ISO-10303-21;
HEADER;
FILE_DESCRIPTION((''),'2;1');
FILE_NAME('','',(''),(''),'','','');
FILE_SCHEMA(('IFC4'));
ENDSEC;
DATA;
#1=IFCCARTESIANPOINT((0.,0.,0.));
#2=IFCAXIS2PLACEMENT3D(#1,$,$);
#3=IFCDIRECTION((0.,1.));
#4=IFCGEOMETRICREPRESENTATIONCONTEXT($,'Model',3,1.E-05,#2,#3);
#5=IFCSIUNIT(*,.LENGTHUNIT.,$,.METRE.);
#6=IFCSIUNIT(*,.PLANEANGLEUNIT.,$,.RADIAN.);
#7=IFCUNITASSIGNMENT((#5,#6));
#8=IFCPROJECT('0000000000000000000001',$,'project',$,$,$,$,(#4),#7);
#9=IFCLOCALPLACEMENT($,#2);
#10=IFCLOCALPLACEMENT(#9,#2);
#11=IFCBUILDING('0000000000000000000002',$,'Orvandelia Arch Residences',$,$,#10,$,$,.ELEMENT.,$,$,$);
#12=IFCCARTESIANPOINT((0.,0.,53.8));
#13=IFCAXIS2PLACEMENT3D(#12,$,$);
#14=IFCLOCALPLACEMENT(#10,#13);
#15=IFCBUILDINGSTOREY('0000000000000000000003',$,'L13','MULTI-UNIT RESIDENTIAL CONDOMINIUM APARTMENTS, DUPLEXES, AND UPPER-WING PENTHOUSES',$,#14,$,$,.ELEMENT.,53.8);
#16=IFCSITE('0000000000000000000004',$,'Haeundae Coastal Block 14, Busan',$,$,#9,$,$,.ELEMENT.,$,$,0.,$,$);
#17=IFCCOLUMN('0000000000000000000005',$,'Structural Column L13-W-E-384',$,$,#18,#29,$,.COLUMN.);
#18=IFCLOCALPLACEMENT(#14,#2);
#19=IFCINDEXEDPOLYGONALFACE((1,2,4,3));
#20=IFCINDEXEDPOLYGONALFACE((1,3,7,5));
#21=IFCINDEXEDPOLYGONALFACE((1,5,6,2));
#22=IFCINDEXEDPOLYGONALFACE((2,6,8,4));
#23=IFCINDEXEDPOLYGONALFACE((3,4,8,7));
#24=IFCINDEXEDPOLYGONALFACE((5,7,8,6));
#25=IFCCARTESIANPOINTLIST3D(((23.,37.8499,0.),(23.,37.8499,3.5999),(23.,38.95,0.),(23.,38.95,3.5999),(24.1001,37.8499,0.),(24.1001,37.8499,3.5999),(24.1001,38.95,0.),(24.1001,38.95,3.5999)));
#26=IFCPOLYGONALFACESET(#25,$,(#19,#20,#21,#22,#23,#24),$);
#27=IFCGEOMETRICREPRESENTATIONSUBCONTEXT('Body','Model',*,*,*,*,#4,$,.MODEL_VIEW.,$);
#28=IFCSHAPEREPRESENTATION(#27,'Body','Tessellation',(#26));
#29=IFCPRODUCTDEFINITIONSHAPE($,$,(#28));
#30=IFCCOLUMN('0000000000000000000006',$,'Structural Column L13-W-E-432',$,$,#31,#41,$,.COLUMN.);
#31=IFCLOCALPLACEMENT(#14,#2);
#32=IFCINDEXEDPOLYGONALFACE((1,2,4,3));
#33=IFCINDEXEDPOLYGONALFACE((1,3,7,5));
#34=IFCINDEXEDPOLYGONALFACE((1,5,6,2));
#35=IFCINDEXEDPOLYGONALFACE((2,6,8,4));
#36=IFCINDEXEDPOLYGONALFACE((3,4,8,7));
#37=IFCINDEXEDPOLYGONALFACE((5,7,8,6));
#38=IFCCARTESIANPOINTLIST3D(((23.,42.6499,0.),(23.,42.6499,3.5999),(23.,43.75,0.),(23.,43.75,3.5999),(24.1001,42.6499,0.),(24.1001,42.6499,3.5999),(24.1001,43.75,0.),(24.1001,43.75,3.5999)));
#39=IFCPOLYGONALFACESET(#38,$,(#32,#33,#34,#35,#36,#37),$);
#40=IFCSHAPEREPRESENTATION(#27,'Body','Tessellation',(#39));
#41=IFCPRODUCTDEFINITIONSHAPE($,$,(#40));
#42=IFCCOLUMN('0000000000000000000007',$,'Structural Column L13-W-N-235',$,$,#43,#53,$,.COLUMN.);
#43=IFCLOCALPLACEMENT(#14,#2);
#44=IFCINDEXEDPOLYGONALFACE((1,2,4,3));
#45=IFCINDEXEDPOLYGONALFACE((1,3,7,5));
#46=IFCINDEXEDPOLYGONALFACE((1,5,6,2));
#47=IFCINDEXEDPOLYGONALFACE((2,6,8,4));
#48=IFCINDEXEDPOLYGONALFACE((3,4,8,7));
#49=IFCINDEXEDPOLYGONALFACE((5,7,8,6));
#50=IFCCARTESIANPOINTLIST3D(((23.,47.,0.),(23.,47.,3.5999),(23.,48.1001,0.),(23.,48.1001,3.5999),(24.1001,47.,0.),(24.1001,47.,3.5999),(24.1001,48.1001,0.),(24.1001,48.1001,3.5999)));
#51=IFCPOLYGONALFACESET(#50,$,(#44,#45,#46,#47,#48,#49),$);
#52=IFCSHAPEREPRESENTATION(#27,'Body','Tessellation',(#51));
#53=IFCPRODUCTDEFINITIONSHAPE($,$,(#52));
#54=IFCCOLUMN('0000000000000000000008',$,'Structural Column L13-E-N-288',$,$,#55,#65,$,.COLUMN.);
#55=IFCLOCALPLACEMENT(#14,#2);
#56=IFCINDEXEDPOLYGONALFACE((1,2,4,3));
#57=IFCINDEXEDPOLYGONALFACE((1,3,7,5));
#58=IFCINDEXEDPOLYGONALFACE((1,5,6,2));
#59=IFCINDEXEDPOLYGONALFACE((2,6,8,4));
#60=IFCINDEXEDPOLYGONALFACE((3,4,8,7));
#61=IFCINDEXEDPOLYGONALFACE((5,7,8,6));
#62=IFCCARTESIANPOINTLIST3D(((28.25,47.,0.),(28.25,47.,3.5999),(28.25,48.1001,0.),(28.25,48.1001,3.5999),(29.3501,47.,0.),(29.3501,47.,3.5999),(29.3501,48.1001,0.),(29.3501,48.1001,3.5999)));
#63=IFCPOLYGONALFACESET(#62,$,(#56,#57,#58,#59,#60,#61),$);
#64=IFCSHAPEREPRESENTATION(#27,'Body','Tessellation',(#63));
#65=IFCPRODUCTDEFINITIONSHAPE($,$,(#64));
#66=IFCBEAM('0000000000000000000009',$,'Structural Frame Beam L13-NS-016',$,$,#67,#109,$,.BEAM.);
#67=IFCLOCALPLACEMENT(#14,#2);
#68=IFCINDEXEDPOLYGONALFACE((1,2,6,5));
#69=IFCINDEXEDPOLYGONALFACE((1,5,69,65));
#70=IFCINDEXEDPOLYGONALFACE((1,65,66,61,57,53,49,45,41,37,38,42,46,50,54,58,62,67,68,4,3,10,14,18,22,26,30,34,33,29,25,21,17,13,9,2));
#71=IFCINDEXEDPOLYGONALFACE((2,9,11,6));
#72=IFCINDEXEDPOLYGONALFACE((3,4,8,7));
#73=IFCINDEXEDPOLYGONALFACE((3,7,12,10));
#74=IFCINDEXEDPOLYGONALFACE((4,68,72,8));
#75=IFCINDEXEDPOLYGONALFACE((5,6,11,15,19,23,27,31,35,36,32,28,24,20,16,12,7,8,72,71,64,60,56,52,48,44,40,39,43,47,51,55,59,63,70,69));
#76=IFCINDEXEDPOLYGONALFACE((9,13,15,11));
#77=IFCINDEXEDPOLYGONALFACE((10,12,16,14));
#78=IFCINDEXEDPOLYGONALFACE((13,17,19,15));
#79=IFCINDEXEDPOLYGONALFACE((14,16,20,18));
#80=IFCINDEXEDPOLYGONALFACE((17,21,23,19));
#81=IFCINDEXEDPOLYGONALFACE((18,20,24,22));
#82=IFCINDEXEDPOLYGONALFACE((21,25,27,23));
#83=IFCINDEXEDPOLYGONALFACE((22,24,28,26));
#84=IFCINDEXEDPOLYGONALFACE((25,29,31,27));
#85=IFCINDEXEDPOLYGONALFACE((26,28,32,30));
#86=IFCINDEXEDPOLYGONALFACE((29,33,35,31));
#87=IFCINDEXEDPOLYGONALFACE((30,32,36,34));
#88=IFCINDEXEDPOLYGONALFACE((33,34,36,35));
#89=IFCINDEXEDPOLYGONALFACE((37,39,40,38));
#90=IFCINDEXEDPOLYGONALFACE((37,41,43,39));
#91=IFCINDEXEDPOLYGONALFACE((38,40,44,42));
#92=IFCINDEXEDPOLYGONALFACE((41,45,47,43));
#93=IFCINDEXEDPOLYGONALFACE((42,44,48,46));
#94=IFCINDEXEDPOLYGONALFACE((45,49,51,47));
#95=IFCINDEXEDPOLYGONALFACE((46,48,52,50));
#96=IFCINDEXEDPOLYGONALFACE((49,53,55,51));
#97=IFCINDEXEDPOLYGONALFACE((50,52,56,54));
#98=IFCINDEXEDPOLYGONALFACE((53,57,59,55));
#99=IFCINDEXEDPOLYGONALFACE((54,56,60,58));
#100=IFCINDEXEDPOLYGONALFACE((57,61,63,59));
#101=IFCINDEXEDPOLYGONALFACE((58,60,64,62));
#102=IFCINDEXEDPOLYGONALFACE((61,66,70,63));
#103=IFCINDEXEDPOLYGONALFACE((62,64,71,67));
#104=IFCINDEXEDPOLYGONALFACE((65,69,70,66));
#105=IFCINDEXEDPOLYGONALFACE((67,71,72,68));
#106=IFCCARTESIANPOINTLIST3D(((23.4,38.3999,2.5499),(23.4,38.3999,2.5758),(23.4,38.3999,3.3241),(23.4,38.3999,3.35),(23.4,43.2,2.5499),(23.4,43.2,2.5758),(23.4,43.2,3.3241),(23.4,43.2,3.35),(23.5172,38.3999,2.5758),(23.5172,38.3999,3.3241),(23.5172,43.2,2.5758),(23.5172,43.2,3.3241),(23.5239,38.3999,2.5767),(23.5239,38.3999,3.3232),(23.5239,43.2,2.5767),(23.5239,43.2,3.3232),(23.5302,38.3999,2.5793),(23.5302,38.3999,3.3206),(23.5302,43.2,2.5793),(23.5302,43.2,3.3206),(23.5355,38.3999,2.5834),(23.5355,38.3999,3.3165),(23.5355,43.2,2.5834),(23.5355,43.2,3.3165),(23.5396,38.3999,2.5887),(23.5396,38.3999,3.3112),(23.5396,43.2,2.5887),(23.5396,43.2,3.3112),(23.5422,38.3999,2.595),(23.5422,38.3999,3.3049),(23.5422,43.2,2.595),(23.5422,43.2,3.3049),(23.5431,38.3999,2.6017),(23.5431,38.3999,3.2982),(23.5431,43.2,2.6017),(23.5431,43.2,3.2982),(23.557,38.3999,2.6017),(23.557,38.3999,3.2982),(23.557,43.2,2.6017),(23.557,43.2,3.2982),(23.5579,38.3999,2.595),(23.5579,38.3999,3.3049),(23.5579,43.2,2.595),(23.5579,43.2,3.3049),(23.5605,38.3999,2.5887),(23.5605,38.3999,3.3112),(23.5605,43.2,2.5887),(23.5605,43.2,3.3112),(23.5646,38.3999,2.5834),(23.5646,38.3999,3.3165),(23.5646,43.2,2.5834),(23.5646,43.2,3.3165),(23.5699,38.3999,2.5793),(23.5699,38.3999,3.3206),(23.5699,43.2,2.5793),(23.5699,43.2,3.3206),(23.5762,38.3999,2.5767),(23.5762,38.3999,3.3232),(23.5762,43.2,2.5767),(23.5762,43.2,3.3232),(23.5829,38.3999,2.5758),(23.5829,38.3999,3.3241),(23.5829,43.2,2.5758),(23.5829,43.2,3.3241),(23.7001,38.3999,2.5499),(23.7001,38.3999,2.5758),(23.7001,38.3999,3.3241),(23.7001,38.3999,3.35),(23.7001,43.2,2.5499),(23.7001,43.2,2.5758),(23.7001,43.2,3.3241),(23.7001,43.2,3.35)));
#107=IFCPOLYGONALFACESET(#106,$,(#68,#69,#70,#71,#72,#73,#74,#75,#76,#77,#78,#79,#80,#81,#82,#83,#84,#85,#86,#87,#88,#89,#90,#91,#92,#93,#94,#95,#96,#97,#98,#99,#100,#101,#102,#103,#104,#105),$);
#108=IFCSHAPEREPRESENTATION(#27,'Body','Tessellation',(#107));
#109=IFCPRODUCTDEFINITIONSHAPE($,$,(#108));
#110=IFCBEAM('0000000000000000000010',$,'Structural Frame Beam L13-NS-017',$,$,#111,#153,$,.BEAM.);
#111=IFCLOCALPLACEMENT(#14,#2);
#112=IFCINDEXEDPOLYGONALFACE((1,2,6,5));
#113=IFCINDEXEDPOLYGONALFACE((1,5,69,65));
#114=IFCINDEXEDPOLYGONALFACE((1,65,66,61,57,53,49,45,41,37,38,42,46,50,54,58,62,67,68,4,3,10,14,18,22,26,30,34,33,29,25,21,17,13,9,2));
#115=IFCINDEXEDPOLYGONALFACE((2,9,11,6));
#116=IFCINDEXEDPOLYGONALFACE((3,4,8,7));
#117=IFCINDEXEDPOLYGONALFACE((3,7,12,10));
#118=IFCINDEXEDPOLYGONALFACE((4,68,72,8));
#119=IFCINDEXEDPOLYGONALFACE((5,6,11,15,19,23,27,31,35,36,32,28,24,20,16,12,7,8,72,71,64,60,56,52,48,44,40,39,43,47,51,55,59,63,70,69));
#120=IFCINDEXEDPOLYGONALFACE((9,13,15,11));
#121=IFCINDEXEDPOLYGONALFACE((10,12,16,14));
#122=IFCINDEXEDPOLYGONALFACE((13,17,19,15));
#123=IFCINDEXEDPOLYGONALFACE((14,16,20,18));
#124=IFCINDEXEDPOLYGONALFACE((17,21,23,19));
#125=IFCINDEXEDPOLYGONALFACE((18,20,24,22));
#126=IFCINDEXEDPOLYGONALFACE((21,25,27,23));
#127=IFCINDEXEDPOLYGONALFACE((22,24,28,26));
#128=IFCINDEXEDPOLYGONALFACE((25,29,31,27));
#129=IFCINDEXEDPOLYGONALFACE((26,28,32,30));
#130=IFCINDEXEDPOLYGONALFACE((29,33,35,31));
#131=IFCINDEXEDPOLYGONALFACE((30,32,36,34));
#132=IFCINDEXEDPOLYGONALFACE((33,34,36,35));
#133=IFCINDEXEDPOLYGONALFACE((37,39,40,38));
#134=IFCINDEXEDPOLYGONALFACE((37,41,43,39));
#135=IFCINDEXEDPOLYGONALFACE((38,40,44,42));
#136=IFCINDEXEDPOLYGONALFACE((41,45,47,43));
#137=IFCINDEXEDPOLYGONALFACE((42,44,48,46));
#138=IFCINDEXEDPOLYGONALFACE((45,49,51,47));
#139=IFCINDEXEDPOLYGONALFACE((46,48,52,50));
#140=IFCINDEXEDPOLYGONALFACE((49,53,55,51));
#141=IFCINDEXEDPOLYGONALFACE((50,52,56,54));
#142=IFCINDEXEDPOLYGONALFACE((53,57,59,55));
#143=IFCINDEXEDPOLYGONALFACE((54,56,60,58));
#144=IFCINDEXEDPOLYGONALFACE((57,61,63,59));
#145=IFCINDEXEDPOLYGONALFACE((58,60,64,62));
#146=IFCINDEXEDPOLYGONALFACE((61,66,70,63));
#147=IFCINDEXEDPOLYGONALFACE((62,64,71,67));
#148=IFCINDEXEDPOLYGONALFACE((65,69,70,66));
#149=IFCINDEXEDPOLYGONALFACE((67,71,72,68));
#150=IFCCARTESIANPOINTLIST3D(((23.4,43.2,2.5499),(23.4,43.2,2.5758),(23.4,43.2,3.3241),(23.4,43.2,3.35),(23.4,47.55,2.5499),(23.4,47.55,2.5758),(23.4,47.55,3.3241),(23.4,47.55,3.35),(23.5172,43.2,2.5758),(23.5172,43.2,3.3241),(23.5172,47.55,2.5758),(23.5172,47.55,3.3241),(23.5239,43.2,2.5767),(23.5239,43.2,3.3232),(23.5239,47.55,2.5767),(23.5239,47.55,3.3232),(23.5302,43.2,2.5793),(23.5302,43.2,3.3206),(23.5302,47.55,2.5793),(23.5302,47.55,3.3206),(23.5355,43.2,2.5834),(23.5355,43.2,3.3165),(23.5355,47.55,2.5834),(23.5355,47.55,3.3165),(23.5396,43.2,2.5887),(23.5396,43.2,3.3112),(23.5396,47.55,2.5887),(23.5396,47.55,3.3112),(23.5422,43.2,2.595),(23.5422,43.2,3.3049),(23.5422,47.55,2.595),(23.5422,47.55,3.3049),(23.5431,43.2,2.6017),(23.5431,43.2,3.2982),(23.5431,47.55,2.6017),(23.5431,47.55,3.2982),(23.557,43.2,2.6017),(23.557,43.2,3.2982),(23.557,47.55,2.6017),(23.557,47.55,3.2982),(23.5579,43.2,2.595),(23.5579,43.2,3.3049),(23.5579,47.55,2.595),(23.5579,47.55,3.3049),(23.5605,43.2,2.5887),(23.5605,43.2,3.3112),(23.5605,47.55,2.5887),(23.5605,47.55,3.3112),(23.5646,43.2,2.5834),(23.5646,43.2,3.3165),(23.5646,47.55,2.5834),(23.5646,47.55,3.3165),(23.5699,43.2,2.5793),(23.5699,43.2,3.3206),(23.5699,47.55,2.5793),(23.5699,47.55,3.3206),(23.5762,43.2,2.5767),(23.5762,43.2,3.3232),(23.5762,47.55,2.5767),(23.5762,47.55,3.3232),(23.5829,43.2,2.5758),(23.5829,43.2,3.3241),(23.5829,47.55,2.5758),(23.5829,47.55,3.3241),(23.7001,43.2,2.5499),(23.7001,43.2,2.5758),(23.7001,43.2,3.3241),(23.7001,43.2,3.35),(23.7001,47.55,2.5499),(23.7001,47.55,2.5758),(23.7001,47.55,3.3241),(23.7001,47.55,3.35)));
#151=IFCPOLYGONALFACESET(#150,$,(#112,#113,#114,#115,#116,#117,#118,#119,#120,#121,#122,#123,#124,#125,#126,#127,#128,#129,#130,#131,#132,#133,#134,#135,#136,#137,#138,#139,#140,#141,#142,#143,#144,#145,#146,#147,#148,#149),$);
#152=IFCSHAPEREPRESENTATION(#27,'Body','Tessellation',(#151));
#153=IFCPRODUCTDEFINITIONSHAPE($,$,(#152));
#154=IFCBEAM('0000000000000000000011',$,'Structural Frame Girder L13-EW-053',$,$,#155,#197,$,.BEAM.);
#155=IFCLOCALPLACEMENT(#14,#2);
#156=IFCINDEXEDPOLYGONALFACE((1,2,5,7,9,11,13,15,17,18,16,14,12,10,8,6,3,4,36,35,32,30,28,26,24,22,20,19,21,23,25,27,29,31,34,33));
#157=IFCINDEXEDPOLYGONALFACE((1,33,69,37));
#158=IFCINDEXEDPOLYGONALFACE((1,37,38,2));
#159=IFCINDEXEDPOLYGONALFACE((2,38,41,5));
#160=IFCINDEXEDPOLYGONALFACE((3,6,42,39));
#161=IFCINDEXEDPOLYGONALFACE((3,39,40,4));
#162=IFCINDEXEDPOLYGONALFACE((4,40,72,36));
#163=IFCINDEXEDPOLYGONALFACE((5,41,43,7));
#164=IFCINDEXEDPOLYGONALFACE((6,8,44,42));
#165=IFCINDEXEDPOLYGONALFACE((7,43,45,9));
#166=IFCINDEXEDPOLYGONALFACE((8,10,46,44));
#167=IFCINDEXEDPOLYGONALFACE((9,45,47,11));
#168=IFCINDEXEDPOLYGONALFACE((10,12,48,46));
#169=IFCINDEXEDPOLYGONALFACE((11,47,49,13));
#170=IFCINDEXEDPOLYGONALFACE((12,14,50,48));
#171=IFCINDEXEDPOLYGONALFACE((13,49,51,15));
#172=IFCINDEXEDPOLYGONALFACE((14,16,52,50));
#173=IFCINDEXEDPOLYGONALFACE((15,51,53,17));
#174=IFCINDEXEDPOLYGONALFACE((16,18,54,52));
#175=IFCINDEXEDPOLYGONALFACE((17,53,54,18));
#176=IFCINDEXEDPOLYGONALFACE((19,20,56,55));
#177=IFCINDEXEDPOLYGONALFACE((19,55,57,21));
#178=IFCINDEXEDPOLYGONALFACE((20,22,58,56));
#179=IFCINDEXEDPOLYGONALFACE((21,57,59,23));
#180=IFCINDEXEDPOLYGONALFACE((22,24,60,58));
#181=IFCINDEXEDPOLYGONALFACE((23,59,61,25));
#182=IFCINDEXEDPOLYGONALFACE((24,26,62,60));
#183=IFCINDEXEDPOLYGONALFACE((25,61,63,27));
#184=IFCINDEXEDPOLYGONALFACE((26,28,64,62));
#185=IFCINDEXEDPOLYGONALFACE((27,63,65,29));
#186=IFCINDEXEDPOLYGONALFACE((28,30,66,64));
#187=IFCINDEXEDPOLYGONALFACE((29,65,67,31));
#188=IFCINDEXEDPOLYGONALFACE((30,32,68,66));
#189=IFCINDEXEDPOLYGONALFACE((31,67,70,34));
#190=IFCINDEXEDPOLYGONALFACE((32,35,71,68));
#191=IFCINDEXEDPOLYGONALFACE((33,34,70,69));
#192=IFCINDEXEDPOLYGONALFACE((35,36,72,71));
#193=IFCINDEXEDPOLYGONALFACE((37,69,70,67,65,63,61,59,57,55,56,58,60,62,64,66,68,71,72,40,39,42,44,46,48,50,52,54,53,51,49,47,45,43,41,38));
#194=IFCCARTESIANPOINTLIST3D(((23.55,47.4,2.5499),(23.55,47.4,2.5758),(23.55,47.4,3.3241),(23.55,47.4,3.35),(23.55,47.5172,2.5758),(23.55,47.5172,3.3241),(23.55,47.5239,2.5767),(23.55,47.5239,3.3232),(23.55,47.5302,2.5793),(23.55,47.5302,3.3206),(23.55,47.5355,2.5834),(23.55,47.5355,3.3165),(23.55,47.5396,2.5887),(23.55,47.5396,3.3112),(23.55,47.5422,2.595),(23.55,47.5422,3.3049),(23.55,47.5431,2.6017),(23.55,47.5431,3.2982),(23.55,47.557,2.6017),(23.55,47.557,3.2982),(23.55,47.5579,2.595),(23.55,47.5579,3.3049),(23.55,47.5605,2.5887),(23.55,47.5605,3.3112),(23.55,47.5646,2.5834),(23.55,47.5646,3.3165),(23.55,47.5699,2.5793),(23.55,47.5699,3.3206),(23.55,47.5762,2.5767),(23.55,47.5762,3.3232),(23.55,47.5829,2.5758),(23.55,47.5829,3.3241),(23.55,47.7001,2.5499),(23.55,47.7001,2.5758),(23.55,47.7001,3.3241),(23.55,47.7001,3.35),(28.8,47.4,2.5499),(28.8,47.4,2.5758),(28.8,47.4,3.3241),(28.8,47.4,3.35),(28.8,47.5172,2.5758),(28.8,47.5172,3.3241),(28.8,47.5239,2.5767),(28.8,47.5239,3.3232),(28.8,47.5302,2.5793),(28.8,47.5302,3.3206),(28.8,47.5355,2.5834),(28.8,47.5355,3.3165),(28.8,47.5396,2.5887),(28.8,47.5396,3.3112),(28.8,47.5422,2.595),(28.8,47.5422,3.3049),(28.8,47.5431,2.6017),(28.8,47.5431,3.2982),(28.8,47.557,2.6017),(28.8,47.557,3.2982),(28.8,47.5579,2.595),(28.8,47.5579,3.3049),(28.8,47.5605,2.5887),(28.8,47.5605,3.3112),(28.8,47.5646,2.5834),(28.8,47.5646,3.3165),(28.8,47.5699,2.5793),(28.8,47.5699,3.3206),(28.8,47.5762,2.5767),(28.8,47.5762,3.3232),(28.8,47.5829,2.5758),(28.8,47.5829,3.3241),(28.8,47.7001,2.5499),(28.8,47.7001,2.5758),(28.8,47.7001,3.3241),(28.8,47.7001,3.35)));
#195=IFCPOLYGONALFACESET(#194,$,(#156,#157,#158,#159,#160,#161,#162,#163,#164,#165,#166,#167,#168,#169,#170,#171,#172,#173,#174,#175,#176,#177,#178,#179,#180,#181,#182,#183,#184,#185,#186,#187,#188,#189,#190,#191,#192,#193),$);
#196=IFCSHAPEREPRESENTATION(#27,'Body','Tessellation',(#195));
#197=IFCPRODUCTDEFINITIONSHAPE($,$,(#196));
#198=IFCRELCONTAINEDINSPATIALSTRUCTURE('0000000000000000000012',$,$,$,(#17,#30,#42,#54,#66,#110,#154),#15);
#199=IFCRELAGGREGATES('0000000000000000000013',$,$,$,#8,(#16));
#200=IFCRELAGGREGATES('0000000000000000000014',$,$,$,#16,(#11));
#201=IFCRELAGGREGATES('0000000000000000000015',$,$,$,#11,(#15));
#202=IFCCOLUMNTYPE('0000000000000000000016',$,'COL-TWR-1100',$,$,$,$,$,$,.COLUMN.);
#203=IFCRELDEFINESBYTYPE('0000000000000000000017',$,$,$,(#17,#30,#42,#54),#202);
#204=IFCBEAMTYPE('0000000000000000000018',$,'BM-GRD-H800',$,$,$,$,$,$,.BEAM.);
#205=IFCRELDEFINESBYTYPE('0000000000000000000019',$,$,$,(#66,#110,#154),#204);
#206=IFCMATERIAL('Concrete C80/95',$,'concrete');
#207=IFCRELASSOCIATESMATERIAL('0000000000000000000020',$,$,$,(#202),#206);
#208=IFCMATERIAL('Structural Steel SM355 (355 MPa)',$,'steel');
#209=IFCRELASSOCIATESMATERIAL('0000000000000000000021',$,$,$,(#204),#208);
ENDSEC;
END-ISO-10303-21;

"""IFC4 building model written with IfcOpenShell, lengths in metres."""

from ifc_helpers import new_model, si_unit, direction, frame, origin, origin_2d, place, context, subcontext, project, spatial, rectangle, i_section, extrude, material, material_profile, profile_set, type_object, element, save


model = new_model("IFC4")

# Units and contexts
model_context = context("Model", 3, precision=1e-05, world=origin(), true_north=direction((0.0, 1.0)))
body_context = subcontext(model_context, "Body", "Model", "MODEL_VIEW")
ifc_project = project(units=[si_unit("LENGTHUNIT", "METRE"), si_unit("PLANEANGLEUNIT", "RADIAN")], contexts=[model_context])

# Site, building, storey
site_placement = place(None, origin())
site = spatial("IfcSite", under=ifc_project, at=site_placement, Name="Haeundae Coastal Block 14, Busan", CompositionType="ELEMENT", RefElevation=0.0)
building_placement = place(site_placement, origin())
building = spatial("IfcBuilding", under=site, at=building_placement, Name="Orvandelia Arch Residences", CompositionType="ELEMENT")
storey_placement = place(building_placement, frame((0.0, 0.0, 53.8)))
storey = spatial("IfcBuildingStorey", under=building, at=storey_placement, Name="L13", Description="MULTI-UNIT RESIDENTIAL CONDOMINIUM APARTMENTS, DUPLEXES, AND UPPER-WING PENTHOUSES", CompositionType="ELEMENT", Elevation=53.8)

# Columns
ifc_material_1 = material(Name="Concrete C80/95", Category="concrete")
ifc_material_profile_1 = material_profile(ifc_material_1, rectangle(XDim=1.1001, YDim=1.1001, at=origin_2d()), Name="Concrete C80/95", Category="concrete")
ifc_profile_set_1 = profile_set([ifc_material_profile_1], Name="Concrete C80/95")
column_type = type_object("IfcColumnType", Name="COL-TWR-1100", PredefinedType="COLUMN", material=ifc_profile_set_1)
for number, where, z_axis, x_axis, name in (
    (1, (23.55, 38.3999, 0.0), (0.0, 0.0, 1.0), (1.0, 0.0, 0.0), "Structural Column L13-W-E-384"),
    (2, (23.55, 43.2, 0.0), (0.0, 0.0, 1.0), (1.0, 0.0, 0.0), "Structural Column L13-W-E-432"),
    (3, (23.55, 47.55, 0.0), (0.0, 0.0, 1.0), (1.0, 0.0, 0.0), "Structural Column L13-W-N-235"),
    (4, (28.8, 47.55, 0.0), (0.0, 0.0, 1.0), (1.0, 0.0, 0.0), "Structural Column L13-E-N-288"),
):
    element("IfcColumn", number, at=place(storey_placement, frame(where, z_axis=z_axis, x_axis=x_axis)), inside=storey, type_object=column_type, Name=name, PredefinedType="COLUMN", context=body_context, shape_type="SweptSolid", body=[
        extrude(rectangle(XDim=1.1001, YDim=1.1001, at=origin_2d()), origin(), (0.0, 0.0, 1.0), 3.5999),
    ])

# Beams
ifc_material_2 = material(Name="Structural Steel SM355 (355 MPa)", Category="steel")
ifc_material_profile_2 = material_profile(ifc_material_2, i_section(OverallWidth=0.3, OverallDepth=0.8, WebThickness=0.0139, FlangeThickness=0.0259, FilletRadius=0.0259, at=origin_2d()), Name="Structural Steel SM355 (355 MPa)", Category="steel")
ifc_profile_set_2 = profile_set([ifc_material_profile_2], Name="Structural Steel SM355 (355 MPa)")
beam_type = type_object("IfcBeamType", Name="BM-GRD-H800", PredefinedType="BEAM", material=ifc_profile_set_2)
beam_1_placement = place(storey_placement, frame((23.55, 38.3999, 2.95), z_axis=(0.0, 1.0, 0.0), x_axis=(-1.0, 0.0, 0.0)))
element("IfcBeam", 5, at=beam_1_placement, inside=storey, type_object=beam_type, Name="Structural Frame Beam L13-NS-016", PredefinedType="BEAM", context=body_context, shape_type="SweptSolid", body=[
    extrude(i_section(OverallWidth=0.3, OverallDepth=0.8, WebThickness=0.0139, FlangeThickness=0.0259, FilletRadius=0.0259, at=origin_2d()), origin(), (0.0, 0.0, 1.0), 4.8),
])
beam_2_placement = place(storey_placement, frame((23.55, 43.2, 2.95), z_axis=(0.0, 1.0, 0.0), x_axis=(-1.0, 0.0, 0.0)))
element("IfcBeam", 6, at=beam_2_placement, inside=storey, type_object=beam_type, Name="Structural Frame Beam L13-NS-017", PredefinedType="BEAM", context=body_context, shape_type="SweptSolid", body=[
    extrude(i_section(OverallWidth=0.3, OverallDepth=0.8, WebThickness=0.0139, FlangeThickness=0.0259, FilletRadius=0.0259, at=origin_2d()), origin(), (0.0, 0.0, 1.0), 4.3501),
])
beam_3_placement = place(storey_placement, frame((23.55, 47.55, 2.95), z_axis=(1.0, 0.0, 0.0), x_axis=(0.0, 1.0, 0.0)))
element("IfcBeam", 7, at=beam_3_placement, inside=storey, type_object=beam_type, Name="Structural Frame Girder L13-EW-053", PredefinedType="BEAM", context=body_context, shape_type="SweptSolid", body=[
    extrude(i_section(OverallWidth=0.3, OverallDepth=0.8, WebThickness=0.0139, FlangeThickness=0.0259, FilletRadius=0.0259, at=origin_2d()), origin(), (0.0, 0.0, 1.0), 5.25),
])

save(model, "model.ifc")
